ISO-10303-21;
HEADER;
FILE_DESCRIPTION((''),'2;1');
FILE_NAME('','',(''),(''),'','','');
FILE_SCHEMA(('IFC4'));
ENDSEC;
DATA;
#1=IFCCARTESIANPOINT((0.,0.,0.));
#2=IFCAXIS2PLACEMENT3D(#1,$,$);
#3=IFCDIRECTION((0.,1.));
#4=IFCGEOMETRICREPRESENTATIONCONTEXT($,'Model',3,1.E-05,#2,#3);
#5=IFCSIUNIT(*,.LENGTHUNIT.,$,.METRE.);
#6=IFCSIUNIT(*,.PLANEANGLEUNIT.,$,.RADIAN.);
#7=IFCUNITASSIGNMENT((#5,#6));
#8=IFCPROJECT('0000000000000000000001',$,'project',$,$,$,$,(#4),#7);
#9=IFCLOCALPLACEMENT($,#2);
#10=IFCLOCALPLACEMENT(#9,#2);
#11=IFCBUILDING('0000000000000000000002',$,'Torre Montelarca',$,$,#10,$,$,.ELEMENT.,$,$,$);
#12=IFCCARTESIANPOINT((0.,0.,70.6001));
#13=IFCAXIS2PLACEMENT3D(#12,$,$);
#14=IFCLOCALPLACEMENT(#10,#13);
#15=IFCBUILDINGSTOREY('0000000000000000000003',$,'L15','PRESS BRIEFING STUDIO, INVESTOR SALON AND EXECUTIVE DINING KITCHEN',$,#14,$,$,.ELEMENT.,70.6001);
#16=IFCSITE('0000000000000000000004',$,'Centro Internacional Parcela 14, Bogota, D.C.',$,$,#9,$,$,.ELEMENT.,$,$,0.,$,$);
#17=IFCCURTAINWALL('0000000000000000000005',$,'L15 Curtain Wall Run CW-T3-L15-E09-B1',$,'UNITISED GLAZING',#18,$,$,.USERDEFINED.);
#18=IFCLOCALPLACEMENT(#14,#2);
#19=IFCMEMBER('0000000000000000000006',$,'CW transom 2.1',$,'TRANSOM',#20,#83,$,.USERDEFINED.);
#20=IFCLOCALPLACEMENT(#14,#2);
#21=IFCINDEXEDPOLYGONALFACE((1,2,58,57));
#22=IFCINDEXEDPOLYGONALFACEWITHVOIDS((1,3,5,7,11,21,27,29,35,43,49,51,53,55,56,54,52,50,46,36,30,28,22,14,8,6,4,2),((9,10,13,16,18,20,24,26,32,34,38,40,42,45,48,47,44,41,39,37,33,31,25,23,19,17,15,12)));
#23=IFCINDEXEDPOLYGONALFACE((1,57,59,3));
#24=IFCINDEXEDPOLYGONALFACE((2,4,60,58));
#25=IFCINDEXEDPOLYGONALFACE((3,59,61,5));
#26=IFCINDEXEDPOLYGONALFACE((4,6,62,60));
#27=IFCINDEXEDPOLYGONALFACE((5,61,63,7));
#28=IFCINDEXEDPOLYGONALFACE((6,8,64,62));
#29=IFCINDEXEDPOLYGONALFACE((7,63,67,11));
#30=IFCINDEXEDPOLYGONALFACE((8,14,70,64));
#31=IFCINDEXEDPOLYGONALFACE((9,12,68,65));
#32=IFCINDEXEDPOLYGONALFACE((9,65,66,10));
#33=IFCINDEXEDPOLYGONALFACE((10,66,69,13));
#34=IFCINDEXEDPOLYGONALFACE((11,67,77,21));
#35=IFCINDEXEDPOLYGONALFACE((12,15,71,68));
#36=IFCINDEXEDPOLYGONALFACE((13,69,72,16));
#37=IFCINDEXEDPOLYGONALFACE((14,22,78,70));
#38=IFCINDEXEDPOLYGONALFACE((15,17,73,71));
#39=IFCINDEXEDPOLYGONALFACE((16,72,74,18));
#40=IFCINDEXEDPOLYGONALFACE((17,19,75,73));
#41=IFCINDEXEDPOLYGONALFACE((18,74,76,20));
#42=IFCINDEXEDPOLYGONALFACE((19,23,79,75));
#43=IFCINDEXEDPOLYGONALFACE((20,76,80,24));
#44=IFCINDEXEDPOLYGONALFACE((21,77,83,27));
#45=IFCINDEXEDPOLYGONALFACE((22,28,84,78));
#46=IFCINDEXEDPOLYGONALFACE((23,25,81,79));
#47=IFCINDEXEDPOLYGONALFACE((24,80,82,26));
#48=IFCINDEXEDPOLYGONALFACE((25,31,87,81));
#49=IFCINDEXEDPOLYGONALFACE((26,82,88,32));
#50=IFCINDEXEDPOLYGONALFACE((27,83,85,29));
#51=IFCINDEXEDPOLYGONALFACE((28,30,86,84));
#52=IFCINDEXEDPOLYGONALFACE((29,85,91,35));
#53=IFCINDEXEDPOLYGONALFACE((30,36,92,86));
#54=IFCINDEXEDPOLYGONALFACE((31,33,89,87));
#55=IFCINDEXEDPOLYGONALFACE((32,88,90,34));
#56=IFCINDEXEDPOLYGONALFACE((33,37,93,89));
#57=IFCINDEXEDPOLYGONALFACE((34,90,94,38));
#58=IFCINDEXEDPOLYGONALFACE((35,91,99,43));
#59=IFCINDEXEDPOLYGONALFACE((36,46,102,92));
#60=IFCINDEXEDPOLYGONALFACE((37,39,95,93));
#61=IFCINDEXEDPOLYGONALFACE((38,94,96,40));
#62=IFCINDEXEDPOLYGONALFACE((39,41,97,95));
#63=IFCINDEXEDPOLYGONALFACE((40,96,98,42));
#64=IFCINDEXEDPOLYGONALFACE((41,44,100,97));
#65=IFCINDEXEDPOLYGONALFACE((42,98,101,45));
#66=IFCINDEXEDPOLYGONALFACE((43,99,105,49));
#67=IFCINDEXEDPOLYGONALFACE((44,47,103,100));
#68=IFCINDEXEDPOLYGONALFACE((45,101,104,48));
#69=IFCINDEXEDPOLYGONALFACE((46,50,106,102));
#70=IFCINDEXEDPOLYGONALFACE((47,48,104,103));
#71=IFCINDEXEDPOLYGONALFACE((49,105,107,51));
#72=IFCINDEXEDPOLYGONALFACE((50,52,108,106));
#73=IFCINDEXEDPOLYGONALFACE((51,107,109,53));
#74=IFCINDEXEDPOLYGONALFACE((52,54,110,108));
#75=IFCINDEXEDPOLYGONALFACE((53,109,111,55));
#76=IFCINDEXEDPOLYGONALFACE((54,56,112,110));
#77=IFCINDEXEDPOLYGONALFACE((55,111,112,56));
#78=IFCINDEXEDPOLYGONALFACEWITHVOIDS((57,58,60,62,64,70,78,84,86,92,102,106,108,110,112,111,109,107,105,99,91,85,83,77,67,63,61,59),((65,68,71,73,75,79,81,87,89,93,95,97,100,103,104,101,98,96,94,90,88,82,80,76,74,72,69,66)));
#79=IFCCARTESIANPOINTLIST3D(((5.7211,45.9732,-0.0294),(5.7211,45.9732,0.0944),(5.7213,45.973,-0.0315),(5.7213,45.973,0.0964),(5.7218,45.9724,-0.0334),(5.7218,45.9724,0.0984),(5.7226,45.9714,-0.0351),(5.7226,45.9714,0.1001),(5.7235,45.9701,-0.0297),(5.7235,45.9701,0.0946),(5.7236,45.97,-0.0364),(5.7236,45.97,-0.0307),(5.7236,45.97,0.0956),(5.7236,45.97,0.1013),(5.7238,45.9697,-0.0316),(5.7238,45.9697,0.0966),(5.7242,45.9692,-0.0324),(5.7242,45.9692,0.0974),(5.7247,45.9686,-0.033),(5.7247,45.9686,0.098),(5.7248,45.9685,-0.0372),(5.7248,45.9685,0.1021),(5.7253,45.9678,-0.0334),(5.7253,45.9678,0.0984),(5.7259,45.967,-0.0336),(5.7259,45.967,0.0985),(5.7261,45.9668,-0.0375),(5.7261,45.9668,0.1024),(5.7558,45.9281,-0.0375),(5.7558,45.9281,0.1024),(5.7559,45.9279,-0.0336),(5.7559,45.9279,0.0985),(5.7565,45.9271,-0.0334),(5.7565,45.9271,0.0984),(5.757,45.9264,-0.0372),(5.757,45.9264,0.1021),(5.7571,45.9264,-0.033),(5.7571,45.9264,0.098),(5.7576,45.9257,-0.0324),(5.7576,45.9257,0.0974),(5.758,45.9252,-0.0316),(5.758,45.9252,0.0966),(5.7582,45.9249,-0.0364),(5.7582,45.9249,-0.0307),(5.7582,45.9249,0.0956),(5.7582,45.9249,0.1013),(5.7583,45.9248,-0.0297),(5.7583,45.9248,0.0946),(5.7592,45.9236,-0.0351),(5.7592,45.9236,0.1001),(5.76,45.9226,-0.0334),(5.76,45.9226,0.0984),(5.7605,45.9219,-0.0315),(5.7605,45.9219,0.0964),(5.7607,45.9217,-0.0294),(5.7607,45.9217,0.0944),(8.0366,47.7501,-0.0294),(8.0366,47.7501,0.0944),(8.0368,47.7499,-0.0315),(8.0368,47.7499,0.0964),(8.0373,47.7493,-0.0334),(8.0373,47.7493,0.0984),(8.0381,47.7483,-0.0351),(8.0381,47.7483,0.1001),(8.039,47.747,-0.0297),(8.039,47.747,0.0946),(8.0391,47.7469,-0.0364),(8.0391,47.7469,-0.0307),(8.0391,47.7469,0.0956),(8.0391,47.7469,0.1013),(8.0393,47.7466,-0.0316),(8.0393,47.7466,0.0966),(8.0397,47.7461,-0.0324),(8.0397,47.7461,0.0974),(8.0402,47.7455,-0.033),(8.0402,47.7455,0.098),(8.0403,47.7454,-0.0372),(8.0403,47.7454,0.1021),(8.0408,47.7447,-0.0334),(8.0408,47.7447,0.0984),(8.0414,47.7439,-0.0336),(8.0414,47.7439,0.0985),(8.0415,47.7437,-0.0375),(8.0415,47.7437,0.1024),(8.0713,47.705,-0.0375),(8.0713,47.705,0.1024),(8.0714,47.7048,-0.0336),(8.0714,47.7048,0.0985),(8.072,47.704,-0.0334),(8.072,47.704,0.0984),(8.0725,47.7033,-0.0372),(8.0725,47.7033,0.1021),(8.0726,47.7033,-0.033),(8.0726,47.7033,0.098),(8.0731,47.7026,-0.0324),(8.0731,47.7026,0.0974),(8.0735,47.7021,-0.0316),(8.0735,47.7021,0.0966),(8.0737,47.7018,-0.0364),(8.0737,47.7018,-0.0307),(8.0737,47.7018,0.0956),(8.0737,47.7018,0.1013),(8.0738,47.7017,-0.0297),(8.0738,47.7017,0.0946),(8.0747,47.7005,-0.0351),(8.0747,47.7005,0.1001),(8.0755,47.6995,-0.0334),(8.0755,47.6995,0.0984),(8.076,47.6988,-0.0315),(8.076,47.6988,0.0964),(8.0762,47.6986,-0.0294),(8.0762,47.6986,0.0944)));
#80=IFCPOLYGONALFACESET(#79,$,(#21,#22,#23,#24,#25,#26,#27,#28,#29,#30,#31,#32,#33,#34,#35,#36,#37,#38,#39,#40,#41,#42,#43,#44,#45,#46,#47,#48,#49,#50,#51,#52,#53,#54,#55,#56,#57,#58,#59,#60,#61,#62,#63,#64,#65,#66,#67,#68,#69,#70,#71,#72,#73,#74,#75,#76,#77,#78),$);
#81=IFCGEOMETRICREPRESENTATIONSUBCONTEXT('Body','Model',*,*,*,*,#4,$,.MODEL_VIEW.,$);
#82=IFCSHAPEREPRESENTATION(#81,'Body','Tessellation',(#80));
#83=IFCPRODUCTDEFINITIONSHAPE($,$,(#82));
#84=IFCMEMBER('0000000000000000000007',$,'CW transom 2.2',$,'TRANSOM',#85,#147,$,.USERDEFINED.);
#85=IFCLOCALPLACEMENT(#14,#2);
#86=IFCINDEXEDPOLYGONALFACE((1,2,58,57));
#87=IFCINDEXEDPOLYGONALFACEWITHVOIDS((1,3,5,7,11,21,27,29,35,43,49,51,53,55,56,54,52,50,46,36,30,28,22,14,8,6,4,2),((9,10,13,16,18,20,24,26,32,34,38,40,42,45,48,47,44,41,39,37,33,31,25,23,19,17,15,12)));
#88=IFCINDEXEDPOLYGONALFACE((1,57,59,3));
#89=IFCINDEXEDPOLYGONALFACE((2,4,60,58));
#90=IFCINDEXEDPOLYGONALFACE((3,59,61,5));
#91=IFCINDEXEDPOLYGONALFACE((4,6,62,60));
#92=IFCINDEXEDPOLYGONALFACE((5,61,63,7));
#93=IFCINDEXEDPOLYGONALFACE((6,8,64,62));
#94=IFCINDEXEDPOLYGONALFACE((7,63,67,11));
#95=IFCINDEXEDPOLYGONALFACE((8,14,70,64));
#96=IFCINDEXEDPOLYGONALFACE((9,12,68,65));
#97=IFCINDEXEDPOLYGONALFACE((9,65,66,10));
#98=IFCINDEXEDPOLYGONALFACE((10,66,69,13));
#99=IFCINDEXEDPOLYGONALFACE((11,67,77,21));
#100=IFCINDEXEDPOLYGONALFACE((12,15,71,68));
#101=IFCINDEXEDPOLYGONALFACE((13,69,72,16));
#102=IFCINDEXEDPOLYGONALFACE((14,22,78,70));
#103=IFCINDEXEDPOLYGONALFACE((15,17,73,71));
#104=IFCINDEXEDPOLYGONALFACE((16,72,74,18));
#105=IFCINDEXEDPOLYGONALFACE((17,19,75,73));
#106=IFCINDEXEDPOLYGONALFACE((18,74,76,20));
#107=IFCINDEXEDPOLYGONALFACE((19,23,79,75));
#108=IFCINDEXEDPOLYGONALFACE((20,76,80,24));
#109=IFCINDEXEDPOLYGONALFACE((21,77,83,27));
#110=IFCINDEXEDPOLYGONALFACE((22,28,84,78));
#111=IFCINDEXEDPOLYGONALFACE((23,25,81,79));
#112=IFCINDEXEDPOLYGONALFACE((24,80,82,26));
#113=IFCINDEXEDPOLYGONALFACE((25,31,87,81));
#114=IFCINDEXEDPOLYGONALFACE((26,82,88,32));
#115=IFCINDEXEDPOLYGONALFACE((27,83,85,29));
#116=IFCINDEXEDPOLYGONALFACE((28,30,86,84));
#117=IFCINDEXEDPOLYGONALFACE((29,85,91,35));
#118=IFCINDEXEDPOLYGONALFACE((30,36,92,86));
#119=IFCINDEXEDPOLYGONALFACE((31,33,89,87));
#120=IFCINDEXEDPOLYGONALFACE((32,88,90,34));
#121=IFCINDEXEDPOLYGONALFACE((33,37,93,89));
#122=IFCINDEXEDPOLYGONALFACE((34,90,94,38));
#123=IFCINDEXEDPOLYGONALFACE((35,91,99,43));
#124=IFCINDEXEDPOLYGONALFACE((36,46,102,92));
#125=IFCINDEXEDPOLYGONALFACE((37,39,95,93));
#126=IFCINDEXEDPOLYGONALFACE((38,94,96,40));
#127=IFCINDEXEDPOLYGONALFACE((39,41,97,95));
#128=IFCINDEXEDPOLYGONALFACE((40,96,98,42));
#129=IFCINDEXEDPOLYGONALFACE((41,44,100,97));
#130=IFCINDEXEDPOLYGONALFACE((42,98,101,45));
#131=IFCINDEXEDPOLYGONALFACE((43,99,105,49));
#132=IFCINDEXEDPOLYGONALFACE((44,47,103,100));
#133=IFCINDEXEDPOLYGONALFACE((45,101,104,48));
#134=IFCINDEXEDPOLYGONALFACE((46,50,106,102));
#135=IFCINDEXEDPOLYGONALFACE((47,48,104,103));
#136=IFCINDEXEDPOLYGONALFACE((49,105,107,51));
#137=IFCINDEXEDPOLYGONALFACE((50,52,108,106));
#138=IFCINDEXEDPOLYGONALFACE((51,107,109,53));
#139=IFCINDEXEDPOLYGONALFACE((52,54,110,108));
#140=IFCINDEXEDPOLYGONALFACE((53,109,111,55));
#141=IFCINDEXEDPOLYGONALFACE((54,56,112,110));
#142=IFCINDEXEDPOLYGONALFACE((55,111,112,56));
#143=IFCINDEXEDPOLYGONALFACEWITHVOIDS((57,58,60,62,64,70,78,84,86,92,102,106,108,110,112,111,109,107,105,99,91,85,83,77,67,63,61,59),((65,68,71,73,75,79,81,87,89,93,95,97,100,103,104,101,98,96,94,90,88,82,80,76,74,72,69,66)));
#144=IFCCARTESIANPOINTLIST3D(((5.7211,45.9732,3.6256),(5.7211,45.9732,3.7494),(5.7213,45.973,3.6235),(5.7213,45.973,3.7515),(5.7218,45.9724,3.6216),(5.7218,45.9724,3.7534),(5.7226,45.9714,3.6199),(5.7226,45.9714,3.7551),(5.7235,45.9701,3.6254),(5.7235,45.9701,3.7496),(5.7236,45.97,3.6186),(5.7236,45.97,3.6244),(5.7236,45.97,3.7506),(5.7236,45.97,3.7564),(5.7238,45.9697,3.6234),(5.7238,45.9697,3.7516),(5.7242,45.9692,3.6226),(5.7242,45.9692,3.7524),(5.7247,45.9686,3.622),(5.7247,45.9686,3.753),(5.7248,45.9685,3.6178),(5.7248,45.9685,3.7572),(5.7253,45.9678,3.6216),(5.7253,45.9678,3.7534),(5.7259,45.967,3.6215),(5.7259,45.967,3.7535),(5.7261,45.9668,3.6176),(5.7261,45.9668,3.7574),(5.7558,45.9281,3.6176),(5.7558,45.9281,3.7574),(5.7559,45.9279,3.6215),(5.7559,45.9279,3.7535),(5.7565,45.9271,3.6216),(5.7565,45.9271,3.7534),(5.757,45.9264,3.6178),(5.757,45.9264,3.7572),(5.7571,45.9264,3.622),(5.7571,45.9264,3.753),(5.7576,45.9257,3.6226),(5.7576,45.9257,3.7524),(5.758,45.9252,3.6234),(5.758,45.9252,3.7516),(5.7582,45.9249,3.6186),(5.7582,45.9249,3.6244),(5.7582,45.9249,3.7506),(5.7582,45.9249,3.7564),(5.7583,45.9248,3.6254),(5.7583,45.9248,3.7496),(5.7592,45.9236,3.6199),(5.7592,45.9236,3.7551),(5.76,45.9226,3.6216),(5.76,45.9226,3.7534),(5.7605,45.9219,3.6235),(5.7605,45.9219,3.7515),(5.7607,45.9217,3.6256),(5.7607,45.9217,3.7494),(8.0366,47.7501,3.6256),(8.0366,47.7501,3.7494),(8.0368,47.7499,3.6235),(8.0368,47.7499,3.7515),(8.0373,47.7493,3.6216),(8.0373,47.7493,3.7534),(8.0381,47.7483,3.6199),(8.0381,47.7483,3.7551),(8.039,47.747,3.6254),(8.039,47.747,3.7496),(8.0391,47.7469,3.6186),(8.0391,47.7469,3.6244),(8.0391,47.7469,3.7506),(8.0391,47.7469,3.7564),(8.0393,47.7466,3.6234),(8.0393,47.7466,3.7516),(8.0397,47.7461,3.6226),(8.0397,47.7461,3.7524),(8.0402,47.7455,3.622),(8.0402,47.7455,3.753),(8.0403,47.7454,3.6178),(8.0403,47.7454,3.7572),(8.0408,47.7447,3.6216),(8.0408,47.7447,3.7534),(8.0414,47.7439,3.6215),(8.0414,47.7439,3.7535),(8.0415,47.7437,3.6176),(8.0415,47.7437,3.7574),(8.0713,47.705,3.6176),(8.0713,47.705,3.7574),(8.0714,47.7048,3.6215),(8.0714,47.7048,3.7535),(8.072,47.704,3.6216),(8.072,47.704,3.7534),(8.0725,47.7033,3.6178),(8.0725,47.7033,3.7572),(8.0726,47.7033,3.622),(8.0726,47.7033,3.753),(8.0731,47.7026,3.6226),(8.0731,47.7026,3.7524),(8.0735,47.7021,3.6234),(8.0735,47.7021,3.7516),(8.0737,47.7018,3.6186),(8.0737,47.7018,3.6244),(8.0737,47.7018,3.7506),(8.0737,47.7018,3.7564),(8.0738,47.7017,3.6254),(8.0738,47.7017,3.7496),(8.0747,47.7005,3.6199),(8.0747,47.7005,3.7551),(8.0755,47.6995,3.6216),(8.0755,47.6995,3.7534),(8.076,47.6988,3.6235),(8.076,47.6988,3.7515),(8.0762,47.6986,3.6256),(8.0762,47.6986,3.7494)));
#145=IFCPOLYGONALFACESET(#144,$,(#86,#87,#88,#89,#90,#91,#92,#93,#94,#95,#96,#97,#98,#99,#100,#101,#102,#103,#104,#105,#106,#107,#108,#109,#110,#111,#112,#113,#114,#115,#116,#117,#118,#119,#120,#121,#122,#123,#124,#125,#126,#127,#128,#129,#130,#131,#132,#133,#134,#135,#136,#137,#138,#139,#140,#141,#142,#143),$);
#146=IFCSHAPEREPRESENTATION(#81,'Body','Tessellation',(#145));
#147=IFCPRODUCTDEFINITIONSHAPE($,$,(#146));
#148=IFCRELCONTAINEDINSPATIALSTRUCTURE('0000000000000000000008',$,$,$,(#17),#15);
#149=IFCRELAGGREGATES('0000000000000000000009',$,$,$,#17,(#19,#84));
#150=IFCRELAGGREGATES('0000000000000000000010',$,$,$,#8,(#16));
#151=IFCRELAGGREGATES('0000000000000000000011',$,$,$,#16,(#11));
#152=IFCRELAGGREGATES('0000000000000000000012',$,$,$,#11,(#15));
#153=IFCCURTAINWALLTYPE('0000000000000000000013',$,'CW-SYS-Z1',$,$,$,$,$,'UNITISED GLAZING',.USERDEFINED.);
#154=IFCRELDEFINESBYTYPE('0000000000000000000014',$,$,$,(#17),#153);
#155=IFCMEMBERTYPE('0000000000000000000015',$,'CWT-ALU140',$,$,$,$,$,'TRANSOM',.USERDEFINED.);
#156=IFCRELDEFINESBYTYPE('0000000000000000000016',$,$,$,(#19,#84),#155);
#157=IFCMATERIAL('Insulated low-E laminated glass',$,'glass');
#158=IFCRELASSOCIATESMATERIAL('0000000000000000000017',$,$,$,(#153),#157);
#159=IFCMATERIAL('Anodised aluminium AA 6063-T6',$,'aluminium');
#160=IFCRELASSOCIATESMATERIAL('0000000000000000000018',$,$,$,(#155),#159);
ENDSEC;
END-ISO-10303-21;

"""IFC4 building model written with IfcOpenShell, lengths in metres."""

from ifc_helpers import new_model, si_unit, direction, frame, origin, origin_2d, place, context, subcontext, project, spatial, hollow_rectangle, extrude, source, transform, mapped, material, material_profile, profile_set, type_object, element, aggregate, save


model = new_model("IFC4")

# Units and contexts
model_context = context("Model", 3, precision=1e-05, world=origin(), true_north=direction((0.0, 1.0)))
body_context = subcontext(model_context, "Body", "Model", "MODEL_VIEW")
ifc_project = project(units=[si_unit("LENGTHUNIT", "METRE"), si_unit("PLANEANGLEUNIT", "RADIAN")], contexts=[model_context])

# Site, building, storey
site_placement = place(None, origin())
site = spatial("IfcSite", under=ifc_project, at=site_placement, Name="Centro Internacional Parcela 14, Bogota, D.C.", CompositionType="ELEMENT", RefElevation=0.0)
building_placement = place(site_placement, origin())
building = spatial("IfcBuilding", under=site, at=building_placement, Name="Torre Montelarca", CompositionType="ELEMENT")
storey_placement = place(building_placement, frame((0.0, 0.0, 70.6001)))
storey = spatial("IfcBuildingStorey", under=building, at=storey_placement, Name="L15", Description="PRESS BRIEFING STUDIO, INVESTOR SALON AND EXECUTIVE DINING KITCHEN", CompositionType="ELEMENT", Elevation=70.6001)

# Curtain wall, members
ifc_material_1 = material(Name="Insulated low-E laminated glass", Category="glass")
curtain_wall_type = type_object("IfcCurtainWallType", Name="CW-SYS-Z1", ElementType="UNITISED GLAZING", PredefinedType="USERDEFINED", material=ifc_material_1)
curtain_wall_1_placement = place(storey_placement, origin())
curtain_wall_1 = element("IfcCurtainWall", 1, at=curtain_wall_1_placement, inside=storey, type_object=curtain_wall_type, Name="L15 Curtain Wall Run CW-T3-L15-E09-B1", ObjectType="UNITISED GLAZING", PredefinedType="USERDEFINED")
ifc_material_2 = material(Name="Anodised aluminium AA 6063-T6", Category="aluminium")
ifc_material_profile_1 = material_profile(ifc_material_2, hollow_rectangle(XDim=0.0649, YDim=0.1399, WallThickness=0.0039, InnerFilletRadius=0.0039, OuterFilletRadius=0.0081, at=origin_2d()), Name="ALU65X140X4", Category="aluminium")
ifc_profile_set_1 = profile_set([ifc_material_profile_1], Name="Anodised aluminium AA 6063-T6")
member_type_1 = type_object("IfcMemberType", Name="CWT-ALU140", ElementType="TRANSOM", PredefinedType="USERDEFINED", material=ifc_profile_set_1)
shared_shape_1 = source(origin(), body_context, "Body", "SweptSolid", [
    extrude(hollow_rectangle(XDim=0.0649, YDim=0.1399, WallThickness=0.0039, InnerFilletRadius=0.0039, OuterFilletRadius=0.0081, at=origin_2d()), origin(), (0.0, 0.0, 1.0), 2.9187),
])
member_1_placement = place(storey_placement, frame((8.0564, 47.7244, 0.0325), z_axis=(-0.793326, -0.608797, 0.0), x_axis=(0.608797, -0.793326, 0.0)))
member_1 = element("IfcMember", 2, at=member_1_placement, type_object=member_type_1, Name="CW transom 2.1", ObjectType="TRANSOM", PredefinedType="USERDEFINED", context=body_context, shape_type="MappedRepresentation", body=[
    mapped(shared_shape_1, transform((0.0, 0.0, 0.0), scale=1.0)),
])
member_2_placement = place(storey_placement, frame((8.0564, 47.7244, 3.6875), z_axis=(-0.793326, -0.608797, 0.0), x_axis=(0.608797, -0.793326, 0.0)))
member_2 = element("IfcMember", 3, at=member_2_placement, type_object=member_type_1, Name="CW transom 2.2", ObjectType="TRANSOM", PredefinedType="USERDEFINED", context=body_context, shape_type="MappedRepresentation", body=[
    mapped(shared_shape_1, transform((0.0, 0.0, 0.0), scale=1.0)),
])

aggregate(curtain_wall_1, [member_1, member_2])

save(model, "model.ifc")
